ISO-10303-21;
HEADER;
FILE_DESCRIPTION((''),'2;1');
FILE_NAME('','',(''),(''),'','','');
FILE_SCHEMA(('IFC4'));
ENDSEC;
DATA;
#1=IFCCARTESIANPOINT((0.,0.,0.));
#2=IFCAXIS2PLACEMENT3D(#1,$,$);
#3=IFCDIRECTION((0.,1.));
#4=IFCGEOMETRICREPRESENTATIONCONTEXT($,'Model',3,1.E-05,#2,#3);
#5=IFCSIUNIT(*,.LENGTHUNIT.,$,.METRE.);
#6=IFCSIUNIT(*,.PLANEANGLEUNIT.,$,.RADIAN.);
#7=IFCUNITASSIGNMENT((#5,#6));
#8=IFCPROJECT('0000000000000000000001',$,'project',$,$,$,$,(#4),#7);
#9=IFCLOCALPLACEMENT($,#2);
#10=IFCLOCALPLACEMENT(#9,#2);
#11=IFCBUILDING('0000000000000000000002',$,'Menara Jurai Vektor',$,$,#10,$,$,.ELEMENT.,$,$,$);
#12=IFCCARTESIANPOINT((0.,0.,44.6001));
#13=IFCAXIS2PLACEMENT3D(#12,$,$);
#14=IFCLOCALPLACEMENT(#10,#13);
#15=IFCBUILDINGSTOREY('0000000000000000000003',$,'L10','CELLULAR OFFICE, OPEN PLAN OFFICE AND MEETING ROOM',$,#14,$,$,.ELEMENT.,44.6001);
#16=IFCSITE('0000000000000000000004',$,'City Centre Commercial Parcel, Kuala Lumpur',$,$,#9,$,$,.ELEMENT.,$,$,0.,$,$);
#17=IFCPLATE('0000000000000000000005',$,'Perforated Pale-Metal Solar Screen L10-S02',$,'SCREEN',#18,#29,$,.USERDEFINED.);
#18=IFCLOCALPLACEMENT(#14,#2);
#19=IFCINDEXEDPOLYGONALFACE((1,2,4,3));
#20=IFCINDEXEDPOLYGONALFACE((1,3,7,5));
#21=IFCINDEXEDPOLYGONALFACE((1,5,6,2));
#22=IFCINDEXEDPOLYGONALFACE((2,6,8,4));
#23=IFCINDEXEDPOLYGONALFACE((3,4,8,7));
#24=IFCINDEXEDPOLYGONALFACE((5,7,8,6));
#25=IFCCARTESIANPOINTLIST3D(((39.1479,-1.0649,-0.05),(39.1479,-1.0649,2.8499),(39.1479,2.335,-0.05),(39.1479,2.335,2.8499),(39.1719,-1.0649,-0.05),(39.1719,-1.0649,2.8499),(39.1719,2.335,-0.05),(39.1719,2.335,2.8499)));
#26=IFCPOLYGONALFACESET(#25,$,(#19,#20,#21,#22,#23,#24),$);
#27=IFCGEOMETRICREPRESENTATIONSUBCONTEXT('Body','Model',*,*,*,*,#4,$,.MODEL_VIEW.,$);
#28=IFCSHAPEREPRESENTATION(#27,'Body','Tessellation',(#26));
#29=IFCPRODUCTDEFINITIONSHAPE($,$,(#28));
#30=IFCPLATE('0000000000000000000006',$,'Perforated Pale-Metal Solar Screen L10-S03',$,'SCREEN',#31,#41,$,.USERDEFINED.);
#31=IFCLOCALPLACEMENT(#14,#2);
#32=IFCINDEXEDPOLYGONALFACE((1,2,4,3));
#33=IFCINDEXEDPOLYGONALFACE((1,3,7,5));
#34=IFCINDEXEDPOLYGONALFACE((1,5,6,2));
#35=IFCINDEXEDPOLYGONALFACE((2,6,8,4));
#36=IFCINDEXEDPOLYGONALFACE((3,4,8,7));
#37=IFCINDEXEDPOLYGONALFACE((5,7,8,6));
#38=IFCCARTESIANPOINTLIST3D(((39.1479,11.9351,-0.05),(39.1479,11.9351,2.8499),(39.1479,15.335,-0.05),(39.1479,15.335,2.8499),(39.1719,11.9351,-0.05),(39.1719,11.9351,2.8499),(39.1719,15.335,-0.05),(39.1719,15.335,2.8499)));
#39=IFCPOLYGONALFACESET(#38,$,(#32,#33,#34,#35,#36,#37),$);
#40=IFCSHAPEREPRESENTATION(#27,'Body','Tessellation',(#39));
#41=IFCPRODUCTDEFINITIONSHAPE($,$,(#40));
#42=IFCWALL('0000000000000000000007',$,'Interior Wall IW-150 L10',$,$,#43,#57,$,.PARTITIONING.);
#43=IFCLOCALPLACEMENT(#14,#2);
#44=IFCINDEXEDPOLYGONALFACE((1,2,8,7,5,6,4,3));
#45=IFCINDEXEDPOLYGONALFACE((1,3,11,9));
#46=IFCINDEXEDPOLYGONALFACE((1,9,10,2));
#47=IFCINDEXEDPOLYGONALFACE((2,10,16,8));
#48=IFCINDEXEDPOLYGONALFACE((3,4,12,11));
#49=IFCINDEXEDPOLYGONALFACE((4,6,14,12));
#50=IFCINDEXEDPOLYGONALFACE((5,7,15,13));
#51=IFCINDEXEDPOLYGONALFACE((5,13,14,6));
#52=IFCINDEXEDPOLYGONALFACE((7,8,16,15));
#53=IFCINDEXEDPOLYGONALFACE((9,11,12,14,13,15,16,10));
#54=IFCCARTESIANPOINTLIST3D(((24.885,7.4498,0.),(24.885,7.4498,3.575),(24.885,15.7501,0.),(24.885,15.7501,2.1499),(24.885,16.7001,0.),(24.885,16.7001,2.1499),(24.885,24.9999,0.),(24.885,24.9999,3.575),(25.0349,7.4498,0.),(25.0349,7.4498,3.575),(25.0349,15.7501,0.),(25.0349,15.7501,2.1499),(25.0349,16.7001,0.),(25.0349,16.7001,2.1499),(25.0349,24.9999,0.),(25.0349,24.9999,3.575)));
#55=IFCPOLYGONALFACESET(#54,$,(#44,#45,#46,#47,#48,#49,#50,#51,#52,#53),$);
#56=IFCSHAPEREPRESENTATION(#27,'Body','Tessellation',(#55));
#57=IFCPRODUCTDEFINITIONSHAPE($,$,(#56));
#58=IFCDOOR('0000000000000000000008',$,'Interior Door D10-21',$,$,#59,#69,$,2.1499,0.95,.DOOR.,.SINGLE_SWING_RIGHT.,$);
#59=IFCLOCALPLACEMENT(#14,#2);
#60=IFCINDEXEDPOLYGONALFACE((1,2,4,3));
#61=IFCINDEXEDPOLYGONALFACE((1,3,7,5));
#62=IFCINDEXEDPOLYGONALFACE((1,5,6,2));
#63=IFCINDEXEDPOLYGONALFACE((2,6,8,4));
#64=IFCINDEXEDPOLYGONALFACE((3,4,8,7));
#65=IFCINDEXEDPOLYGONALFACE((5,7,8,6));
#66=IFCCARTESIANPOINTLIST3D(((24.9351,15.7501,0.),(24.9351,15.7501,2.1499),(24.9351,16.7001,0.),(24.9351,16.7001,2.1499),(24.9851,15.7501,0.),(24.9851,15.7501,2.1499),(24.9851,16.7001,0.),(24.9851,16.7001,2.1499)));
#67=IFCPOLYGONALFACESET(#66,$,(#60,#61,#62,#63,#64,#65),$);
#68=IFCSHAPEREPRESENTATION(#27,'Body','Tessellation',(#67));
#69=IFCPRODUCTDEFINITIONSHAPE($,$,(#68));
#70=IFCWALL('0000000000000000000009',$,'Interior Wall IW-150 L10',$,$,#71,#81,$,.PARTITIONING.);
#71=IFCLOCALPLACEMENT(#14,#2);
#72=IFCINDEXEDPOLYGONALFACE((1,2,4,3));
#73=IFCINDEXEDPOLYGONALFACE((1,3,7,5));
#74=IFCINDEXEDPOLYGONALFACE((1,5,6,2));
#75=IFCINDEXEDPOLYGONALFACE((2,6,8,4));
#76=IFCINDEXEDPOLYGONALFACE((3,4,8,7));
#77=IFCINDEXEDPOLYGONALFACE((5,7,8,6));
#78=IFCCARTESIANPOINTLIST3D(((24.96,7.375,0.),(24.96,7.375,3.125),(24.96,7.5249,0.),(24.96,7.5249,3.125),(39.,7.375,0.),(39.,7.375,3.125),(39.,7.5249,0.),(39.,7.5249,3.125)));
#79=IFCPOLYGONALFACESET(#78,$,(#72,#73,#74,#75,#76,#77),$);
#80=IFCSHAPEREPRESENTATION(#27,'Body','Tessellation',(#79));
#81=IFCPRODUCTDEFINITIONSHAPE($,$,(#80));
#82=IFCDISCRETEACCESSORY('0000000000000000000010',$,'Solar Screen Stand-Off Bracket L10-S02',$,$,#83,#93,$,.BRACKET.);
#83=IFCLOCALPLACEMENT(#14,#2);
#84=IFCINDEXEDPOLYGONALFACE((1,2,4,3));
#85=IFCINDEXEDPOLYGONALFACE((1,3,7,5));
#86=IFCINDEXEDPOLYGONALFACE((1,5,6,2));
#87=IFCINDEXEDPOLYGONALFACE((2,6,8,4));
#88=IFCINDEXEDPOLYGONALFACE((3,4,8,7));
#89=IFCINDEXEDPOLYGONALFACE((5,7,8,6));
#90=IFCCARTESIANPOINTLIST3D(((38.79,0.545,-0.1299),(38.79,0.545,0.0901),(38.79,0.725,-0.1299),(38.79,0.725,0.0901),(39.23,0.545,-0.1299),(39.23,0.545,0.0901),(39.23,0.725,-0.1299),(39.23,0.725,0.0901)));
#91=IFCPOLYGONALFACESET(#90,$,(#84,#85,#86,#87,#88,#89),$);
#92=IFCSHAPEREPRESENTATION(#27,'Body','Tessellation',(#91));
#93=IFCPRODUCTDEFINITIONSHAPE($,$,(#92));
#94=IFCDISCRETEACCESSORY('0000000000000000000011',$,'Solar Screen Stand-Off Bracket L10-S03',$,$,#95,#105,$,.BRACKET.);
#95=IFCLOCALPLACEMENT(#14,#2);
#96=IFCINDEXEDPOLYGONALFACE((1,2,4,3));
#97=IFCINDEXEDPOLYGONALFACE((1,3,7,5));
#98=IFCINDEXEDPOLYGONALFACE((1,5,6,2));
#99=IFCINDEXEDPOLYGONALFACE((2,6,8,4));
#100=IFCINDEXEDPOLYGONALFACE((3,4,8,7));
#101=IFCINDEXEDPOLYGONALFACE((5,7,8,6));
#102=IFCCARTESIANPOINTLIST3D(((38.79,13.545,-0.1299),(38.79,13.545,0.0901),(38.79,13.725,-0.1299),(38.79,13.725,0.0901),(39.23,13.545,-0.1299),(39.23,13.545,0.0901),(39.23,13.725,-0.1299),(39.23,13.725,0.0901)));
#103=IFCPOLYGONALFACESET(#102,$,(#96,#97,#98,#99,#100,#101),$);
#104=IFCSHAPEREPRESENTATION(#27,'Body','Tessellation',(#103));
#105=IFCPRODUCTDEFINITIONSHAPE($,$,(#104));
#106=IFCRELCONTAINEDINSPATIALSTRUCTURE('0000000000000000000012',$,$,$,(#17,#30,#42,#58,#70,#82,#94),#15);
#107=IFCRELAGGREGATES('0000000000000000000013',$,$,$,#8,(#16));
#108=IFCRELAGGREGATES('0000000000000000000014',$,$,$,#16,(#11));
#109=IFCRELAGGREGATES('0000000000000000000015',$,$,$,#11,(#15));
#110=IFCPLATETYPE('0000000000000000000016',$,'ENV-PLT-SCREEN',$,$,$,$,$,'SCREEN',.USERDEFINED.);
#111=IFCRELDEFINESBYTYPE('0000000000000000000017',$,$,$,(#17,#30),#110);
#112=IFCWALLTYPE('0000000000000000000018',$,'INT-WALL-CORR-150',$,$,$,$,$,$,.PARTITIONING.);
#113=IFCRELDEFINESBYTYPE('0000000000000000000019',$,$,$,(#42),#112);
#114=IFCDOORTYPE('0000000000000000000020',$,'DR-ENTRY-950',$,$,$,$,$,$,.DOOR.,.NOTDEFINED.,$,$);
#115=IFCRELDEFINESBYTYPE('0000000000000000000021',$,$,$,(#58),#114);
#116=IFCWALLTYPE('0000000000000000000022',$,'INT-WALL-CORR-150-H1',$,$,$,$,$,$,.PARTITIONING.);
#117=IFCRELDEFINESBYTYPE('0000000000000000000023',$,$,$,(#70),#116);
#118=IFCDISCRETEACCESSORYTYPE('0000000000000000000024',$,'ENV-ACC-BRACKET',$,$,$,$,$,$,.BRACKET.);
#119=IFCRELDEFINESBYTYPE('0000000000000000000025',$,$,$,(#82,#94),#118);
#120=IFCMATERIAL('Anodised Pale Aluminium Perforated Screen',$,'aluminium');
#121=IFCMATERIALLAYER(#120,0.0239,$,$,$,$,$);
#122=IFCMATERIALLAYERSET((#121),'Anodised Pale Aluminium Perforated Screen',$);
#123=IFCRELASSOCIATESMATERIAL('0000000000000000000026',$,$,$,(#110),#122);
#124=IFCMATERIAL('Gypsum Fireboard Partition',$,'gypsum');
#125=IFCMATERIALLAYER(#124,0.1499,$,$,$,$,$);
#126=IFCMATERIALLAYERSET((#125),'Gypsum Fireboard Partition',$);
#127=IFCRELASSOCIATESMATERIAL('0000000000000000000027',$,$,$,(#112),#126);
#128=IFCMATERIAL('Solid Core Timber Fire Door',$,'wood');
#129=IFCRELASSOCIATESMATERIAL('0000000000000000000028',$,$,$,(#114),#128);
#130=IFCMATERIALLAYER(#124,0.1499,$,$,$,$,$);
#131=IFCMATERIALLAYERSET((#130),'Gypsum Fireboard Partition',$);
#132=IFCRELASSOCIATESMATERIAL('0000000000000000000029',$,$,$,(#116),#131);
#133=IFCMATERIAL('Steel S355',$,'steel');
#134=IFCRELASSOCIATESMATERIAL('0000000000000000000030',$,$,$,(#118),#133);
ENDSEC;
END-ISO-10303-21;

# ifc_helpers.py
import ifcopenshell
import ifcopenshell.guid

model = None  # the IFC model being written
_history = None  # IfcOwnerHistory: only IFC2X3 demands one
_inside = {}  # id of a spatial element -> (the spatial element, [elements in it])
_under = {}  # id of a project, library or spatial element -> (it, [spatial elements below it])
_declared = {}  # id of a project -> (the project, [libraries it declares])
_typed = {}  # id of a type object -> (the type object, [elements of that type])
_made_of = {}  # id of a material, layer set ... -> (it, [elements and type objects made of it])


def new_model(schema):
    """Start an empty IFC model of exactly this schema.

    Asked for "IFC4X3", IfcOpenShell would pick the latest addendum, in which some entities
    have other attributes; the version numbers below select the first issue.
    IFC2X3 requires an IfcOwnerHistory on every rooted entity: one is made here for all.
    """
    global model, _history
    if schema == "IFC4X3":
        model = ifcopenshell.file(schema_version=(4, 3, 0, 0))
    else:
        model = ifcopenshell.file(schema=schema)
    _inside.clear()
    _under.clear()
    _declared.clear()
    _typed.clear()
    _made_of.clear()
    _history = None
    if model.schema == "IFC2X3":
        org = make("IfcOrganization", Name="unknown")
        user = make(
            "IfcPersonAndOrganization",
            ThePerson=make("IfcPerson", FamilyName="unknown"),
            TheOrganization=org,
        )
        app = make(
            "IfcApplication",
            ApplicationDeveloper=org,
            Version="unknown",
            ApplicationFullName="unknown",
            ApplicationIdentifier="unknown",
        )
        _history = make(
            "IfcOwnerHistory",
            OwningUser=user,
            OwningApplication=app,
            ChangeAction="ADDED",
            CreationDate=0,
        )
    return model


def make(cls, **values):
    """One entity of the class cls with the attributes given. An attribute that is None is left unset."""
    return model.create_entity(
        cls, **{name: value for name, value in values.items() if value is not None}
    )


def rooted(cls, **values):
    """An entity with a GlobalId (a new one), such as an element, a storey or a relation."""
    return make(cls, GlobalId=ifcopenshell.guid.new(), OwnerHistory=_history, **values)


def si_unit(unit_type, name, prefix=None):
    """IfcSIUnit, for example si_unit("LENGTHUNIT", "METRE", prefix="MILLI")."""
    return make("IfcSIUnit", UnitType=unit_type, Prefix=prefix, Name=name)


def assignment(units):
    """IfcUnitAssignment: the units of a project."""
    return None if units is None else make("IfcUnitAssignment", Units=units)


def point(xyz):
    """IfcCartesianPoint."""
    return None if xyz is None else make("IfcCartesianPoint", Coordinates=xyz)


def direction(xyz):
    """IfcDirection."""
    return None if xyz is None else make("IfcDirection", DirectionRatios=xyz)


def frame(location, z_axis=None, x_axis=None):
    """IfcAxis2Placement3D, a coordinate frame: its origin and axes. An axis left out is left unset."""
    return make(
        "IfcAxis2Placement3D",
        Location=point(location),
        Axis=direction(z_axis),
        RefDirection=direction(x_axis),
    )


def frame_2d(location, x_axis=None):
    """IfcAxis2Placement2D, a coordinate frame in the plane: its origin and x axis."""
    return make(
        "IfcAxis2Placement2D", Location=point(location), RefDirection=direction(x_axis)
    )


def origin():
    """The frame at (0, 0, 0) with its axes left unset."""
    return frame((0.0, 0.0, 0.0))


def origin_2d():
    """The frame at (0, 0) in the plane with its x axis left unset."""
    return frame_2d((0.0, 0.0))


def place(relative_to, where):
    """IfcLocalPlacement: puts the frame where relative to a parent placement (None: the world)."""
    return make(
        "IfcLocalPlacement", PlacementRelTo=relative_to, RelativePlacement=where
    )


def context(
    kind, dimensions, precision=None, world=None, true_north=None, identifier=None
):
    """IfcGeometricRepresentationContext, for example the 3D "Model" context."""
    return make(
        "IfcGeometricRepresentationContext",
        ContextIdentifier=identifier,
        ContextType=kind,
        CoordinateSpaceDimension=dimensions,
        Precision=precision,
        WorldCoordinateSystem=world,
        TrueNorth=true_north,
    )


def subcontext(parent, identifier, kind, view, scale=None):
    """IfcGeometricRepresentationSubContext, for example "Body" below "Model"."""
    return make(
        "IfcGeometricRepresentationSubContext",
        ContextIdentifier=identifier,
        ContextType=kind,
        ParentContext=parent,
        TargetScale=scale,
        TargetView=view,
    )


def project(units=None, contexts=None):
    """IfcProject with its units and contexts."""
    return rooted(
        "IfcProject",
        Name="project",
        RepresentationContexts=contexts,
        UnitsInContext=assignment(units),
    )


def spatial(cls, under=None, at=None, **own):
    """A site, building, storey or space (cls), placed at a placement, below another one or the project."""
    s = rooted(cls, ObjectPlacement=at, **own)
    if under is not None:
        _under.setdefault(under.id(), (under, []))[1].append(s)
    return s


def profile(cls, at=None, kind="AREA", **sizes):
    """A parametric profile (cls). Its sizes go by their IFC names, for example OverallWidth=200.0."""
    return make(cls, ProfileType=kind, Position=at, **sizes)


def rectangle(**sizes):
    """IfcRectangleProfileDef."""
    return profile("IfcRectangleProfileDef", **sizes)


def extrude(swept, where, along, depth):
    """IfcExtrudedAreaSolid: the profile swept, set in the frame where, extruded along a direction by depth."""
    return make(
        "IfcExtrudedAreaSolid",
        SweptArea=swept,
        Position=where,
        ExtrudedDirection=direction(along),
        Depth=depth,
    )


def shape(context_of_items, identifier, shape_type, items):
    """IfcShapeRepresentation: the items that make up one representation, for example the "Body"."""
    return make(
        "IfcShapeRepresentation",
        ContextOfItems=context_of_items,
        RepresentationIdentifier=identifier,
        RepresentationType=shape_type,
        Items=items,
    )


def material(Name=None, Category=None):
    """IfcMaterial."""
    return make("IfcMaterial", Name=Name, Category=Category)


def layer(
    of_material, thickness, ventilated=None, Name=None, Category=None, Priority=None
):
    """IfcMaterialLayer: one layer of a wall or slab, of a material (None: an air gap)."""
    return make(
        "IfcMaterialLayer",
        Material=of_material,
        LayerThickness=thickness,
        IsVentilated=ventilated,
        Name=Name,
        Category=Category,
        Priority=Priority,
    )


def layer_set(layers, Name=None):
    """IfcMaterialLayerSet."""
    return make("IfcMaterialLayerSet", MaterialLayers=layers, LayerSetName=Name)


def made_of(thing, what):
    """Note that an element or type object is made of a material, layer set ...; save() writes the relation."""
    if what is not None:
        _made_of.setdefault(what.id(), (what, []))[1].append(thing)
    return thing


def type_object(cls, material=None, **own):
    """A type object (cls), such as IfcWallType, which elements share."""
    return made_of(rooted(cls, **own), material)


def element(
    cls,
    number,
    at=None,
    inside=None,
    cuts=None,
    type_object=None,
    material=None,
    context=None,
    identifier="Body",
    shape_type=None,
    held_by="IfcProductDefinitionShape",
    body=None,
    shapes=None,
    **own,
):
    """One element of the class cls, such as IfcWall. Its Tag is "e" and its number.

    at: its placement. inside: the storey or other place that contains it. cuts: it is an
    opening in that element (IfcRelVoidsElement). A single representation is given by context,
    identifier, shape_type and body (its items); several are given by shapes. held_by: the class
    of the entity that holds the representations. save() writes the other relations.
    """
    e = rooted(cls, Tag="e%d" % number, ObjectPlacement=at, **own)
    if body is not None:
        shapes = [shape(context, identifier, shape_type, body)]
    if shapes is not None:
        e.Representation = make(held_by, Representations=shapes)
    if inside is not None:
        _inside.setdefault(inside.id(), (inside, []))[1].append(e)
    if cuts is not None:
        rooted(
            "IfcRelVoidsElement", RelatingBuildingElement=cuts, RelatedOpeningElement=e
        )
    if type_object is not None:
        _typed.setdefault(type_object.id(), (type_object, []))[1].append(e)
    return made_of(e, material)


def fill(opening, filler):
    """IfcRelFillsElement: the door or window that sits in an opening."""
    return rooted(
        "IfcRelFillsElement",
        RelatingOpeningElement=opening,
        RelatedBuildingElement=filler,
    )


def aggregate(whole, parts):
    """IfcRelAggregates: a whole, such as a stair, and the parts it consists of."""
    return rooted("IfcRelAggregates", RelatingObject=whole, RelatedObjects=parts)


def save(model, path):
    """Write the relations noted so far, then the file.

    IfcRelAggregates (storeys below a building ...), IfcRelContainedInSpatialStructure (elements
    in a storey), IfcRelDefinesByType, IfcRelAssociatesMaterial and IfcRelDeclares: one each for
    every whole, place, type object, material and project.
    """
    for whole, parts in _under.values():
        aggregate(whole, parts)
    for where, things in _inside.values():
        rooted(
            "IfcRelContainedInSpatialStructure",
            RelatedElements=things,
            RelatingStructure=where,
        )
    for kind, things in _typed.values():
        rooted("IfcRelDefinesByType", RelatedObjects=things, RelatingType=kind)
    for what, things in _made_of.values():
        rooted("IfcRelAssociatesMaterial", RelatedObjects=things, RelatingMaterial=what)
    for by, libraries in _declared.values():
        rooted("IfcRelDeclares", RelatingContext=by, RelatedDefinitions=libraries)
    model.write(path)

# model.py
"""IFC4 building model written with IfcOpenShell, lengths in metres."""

from ifc_helpers import new_model, si_unit, direction, frame, frame_2d, origin, origin_2d, place, context, subcontext, project, spatial, rectangle, extrude, material, layer, layer_set, type_object, element, fill, save


model = new_model("IFC4")

# Units and contexts
model_context = context("Model", 3, precision=1e-05, world=origin(), true_north=direction((0.0, 1.0)))
body_context = subcontext(model_context, "Body", "Model", "MODEL_VIEW")
ifc_project = project(units=[si_unit("LENGTHUNIT", "METRE"), si_unit("PLANEANGLEUNIT", "RADIAN")], contexts=[model_context])

# Site, building, storey
site_placement = place(None, origin())
site = spatial("IfcSite", under=ifc_project, at=site_placement, Name="City Centre Commercial Parcel, Kuala Lumpur", CompositionType="ELEMENT", RefElevation=0.0)
building_placement = place(site_placement, origin())
building = spatial("IfcBuilding", under=site, at=building_placement, Name="Menara Jurai Vektor", CompositionType="ELEMENT")
storey_placement = place(building_placement, frame((0.0, 0.0, 44.6001)))
storey = spatial("IfcBuildingStorey", under=building, at=storey_placement, Name="L10", Description="CELLULAR OFFICE, OPEN PLAN OFFICE AND MEETING ROOM", CompositionType="ELEMENT", Elevation=44.6001)

# Shared definitions
ifc_material_1 = material(Name="Steel S355", Category="steel")

# Plates
ifc_material_2 = material(Name="Anodised Pale Aluminium Perforated Screen", Category="aluminium")
ifc_layer_1 = layer(ifc_material_2, 0.0239)
ifc_layer_set_1 = layer_set([ifc_layer_1], Name="Anodised Pale Aluminium Perforated Screen")
plate_type_1 = type_object("IfcPlateType", Name="ENV-PLT-SCREEN", ElementType="SCREEN", PredefinedType="USERDEFINED", material=ifc_layer_set_1)
for number, where, z_axis, x_axis, name in (
    (1, (39.1599, 0.635, -0.05), (0.0, 0.0, 1.0), (0.0, 1.0, 0.0), "Perforated Pale-Metal Solar Screen L10-S02"),
    (2, (39.1599, 13.635, -0.05), (0.0, 0.0, 1.0), (0.0, 1.0, 0.0), "Perforated Pale-Metal Solar Screen L10-S03"),
):
    element("IfcPlate", number, at=place(storey_placement, frame(where, z_axis=z_axis, x_axis=x_axis)), inside=storey, type_object=plate_type_1, Name=name, ObjectType="SCREEN", PredefinedType="USERDEFINED", context=body_context, shape_type="SweptSolid", body=[
        extrude(rectangle(XDim=3.3999, YDim=0.0239, at=origin_2d()), origin(), (0.0, 0.0, 1.0), 2.8999),
    ])

# Wall, opening, door
ifc_material_3 = material(Name="Gypsum Fireboard Partition", Category="gypsum")
ifc_layer_2 = layer(ifc_material_3, 0.1499)
ifc_layer_set_2 = layer_set([ifc_layer_2], Name="Gypsum Fireboard Partition")
wall_type_1 = type_object("IfcWallType", Name="INT-WALL-CORR-150", PredefinedType="PARTITIONING", material=ifc_layer_set_2)
wall_1_placement = place(storey_placement, frame((24.96, 7.45, 0.0), z_axis=(0.0, 0.0, 1.0), x_axis=(0.0, 1.0, 0.0)))
wall_1 = element("IfcWall", 3, at=wall_1_placement, inside=storey, type_object=wall_type_1, Name="Interior Wall IW-150 L10", PredefinedType="PARTITIONING", context=body_context, shape_type="SweptSolid", body=[
    extrude(rectangle(XDim=17.55, YDim=0.1499, at=frame_2d((8.7749, 0.0))), origin(), (0.0, 0.0, 1.0), 3.575),
])
opening_placement = place(wall_1_placement, frame((8.3, 0.0, 0.0)))
opening = element("IfcOpeningElement", 4, at=opening_placement, cuts=wall_1, PredefinedType="OPENING", context=body_context, shape_type="SweptSolid", body=[
    extrude(rectangle(XDim=0.95, YDim=2.1499, at=frame_2d((0.4751, 1.075))), frame((0.0, 0.085, 0.0), z_axis=(0.0, -1.0, 0.0), x_axis=(1.0, 0.0, 0.0)), (0.0, 0.0, 1.0), 0.1699),
])
ifc_material_4 = material(Name="Solid Core Timber Fire Door", Category="wood")
door_type = type_object("IfcDoorType", Name="DR-ENTRY-950", OperationType="NOTDEFINED", PredefinedType="DOOR", material=ifc_material_4)
door_placement = place(opening_placement, origin())
door = element("IfcDoor", 5, at=door_placement, inside=storey, type_object=door_type, Name="Interior Door D10-21", OperationType="SINGLE_SWING_RIGHT", OverallHeight=2.1499, OverallWidth=0.95, PredefinedType="DOOR", context=body_context, shape_type="SweptSolid", body=[
    extrude(rectangle(XDim=0.95, YDim=2.1499, at=frame_2d((0.4751, 1.075))), frame((0.0, 0.0249, 0.0), z_axis=(0.0, -1.0, 0.0), x_axis=(1.0, 0.0, 0.0)), (0.0, 0.0, 1.0), 0.05),
])
fill(opening, door)

# Wall
ifc_layer_3 = layer(ifc_material_3, 0.1499)
ifc_layer_set_3 = layer_set([ifc_layer_3], Name="Gypsum Fireboard Partition")
wall_type_2 = type_object("IfcWallType", Name="INT-WALL-CORR-150-H1", PredefinedType="PARTITIONING", material=ifc_layer_set_3)
wall_2_placement = place(storey_placement, frame((24.96, 7.45, 0.0), z_axis=(0.0, 0.0, 1.0), x_axis=(1.0, 0.0, 0.0)))
element("IfcWall", 6, at=wall_2_placement, inside=storey, type_object=wall_type_2, Name="Interior Wall IW-150 L10", PredefinedType="PARTITIONING", context=body_context, shape_type="SweptSolid", body=[
    extrude(rectangle(XDim=14.04, YDim=0.1499, at=frame_2d((7.02, 0.0))), origin(), (0.0, 0.0, 1.0), 3.125),
])

# Discrete accessories
discrete_accessory_type = type_object("IfcDiscreteAccessoryType", Name="ENV-ACC-BRACKET", PredefinedType="BRACKET", material=ifc_material_1)
for number, where, z_axis, x_axis, name in (
    (7, (39.01, 0.635, -0.1299), (0.0, 0.0, 1.0), (0.0, 1.0, 0.0), "Solar Screen Stand-Off Bracket L10-S02"),
    (8, (39.01, 13.635, -0.1299), (0.0, 0.0, 1.0), (0.0, 1.0, 0.0), "Solar Screen Stand-Off Bracket L10-S03"),
):
    element("IfcDiscreteAccessory", number, at=place(storey_placement, frame(where, z_axis=z_axis, x_axis=x_axis)), inside=storey, type_object=discrete_accessory_type, Name=name, PredefinedType="BRACKET", context=body_context, shape_type="SweptSolid", body=[
        extrude(rectangle(XDim=0.1799, YDim=0.4399, at=origin_2d()), origin(), (0.0, 0.0, 1.0), 0.22),
    ])

save(model, "model.ifc")
